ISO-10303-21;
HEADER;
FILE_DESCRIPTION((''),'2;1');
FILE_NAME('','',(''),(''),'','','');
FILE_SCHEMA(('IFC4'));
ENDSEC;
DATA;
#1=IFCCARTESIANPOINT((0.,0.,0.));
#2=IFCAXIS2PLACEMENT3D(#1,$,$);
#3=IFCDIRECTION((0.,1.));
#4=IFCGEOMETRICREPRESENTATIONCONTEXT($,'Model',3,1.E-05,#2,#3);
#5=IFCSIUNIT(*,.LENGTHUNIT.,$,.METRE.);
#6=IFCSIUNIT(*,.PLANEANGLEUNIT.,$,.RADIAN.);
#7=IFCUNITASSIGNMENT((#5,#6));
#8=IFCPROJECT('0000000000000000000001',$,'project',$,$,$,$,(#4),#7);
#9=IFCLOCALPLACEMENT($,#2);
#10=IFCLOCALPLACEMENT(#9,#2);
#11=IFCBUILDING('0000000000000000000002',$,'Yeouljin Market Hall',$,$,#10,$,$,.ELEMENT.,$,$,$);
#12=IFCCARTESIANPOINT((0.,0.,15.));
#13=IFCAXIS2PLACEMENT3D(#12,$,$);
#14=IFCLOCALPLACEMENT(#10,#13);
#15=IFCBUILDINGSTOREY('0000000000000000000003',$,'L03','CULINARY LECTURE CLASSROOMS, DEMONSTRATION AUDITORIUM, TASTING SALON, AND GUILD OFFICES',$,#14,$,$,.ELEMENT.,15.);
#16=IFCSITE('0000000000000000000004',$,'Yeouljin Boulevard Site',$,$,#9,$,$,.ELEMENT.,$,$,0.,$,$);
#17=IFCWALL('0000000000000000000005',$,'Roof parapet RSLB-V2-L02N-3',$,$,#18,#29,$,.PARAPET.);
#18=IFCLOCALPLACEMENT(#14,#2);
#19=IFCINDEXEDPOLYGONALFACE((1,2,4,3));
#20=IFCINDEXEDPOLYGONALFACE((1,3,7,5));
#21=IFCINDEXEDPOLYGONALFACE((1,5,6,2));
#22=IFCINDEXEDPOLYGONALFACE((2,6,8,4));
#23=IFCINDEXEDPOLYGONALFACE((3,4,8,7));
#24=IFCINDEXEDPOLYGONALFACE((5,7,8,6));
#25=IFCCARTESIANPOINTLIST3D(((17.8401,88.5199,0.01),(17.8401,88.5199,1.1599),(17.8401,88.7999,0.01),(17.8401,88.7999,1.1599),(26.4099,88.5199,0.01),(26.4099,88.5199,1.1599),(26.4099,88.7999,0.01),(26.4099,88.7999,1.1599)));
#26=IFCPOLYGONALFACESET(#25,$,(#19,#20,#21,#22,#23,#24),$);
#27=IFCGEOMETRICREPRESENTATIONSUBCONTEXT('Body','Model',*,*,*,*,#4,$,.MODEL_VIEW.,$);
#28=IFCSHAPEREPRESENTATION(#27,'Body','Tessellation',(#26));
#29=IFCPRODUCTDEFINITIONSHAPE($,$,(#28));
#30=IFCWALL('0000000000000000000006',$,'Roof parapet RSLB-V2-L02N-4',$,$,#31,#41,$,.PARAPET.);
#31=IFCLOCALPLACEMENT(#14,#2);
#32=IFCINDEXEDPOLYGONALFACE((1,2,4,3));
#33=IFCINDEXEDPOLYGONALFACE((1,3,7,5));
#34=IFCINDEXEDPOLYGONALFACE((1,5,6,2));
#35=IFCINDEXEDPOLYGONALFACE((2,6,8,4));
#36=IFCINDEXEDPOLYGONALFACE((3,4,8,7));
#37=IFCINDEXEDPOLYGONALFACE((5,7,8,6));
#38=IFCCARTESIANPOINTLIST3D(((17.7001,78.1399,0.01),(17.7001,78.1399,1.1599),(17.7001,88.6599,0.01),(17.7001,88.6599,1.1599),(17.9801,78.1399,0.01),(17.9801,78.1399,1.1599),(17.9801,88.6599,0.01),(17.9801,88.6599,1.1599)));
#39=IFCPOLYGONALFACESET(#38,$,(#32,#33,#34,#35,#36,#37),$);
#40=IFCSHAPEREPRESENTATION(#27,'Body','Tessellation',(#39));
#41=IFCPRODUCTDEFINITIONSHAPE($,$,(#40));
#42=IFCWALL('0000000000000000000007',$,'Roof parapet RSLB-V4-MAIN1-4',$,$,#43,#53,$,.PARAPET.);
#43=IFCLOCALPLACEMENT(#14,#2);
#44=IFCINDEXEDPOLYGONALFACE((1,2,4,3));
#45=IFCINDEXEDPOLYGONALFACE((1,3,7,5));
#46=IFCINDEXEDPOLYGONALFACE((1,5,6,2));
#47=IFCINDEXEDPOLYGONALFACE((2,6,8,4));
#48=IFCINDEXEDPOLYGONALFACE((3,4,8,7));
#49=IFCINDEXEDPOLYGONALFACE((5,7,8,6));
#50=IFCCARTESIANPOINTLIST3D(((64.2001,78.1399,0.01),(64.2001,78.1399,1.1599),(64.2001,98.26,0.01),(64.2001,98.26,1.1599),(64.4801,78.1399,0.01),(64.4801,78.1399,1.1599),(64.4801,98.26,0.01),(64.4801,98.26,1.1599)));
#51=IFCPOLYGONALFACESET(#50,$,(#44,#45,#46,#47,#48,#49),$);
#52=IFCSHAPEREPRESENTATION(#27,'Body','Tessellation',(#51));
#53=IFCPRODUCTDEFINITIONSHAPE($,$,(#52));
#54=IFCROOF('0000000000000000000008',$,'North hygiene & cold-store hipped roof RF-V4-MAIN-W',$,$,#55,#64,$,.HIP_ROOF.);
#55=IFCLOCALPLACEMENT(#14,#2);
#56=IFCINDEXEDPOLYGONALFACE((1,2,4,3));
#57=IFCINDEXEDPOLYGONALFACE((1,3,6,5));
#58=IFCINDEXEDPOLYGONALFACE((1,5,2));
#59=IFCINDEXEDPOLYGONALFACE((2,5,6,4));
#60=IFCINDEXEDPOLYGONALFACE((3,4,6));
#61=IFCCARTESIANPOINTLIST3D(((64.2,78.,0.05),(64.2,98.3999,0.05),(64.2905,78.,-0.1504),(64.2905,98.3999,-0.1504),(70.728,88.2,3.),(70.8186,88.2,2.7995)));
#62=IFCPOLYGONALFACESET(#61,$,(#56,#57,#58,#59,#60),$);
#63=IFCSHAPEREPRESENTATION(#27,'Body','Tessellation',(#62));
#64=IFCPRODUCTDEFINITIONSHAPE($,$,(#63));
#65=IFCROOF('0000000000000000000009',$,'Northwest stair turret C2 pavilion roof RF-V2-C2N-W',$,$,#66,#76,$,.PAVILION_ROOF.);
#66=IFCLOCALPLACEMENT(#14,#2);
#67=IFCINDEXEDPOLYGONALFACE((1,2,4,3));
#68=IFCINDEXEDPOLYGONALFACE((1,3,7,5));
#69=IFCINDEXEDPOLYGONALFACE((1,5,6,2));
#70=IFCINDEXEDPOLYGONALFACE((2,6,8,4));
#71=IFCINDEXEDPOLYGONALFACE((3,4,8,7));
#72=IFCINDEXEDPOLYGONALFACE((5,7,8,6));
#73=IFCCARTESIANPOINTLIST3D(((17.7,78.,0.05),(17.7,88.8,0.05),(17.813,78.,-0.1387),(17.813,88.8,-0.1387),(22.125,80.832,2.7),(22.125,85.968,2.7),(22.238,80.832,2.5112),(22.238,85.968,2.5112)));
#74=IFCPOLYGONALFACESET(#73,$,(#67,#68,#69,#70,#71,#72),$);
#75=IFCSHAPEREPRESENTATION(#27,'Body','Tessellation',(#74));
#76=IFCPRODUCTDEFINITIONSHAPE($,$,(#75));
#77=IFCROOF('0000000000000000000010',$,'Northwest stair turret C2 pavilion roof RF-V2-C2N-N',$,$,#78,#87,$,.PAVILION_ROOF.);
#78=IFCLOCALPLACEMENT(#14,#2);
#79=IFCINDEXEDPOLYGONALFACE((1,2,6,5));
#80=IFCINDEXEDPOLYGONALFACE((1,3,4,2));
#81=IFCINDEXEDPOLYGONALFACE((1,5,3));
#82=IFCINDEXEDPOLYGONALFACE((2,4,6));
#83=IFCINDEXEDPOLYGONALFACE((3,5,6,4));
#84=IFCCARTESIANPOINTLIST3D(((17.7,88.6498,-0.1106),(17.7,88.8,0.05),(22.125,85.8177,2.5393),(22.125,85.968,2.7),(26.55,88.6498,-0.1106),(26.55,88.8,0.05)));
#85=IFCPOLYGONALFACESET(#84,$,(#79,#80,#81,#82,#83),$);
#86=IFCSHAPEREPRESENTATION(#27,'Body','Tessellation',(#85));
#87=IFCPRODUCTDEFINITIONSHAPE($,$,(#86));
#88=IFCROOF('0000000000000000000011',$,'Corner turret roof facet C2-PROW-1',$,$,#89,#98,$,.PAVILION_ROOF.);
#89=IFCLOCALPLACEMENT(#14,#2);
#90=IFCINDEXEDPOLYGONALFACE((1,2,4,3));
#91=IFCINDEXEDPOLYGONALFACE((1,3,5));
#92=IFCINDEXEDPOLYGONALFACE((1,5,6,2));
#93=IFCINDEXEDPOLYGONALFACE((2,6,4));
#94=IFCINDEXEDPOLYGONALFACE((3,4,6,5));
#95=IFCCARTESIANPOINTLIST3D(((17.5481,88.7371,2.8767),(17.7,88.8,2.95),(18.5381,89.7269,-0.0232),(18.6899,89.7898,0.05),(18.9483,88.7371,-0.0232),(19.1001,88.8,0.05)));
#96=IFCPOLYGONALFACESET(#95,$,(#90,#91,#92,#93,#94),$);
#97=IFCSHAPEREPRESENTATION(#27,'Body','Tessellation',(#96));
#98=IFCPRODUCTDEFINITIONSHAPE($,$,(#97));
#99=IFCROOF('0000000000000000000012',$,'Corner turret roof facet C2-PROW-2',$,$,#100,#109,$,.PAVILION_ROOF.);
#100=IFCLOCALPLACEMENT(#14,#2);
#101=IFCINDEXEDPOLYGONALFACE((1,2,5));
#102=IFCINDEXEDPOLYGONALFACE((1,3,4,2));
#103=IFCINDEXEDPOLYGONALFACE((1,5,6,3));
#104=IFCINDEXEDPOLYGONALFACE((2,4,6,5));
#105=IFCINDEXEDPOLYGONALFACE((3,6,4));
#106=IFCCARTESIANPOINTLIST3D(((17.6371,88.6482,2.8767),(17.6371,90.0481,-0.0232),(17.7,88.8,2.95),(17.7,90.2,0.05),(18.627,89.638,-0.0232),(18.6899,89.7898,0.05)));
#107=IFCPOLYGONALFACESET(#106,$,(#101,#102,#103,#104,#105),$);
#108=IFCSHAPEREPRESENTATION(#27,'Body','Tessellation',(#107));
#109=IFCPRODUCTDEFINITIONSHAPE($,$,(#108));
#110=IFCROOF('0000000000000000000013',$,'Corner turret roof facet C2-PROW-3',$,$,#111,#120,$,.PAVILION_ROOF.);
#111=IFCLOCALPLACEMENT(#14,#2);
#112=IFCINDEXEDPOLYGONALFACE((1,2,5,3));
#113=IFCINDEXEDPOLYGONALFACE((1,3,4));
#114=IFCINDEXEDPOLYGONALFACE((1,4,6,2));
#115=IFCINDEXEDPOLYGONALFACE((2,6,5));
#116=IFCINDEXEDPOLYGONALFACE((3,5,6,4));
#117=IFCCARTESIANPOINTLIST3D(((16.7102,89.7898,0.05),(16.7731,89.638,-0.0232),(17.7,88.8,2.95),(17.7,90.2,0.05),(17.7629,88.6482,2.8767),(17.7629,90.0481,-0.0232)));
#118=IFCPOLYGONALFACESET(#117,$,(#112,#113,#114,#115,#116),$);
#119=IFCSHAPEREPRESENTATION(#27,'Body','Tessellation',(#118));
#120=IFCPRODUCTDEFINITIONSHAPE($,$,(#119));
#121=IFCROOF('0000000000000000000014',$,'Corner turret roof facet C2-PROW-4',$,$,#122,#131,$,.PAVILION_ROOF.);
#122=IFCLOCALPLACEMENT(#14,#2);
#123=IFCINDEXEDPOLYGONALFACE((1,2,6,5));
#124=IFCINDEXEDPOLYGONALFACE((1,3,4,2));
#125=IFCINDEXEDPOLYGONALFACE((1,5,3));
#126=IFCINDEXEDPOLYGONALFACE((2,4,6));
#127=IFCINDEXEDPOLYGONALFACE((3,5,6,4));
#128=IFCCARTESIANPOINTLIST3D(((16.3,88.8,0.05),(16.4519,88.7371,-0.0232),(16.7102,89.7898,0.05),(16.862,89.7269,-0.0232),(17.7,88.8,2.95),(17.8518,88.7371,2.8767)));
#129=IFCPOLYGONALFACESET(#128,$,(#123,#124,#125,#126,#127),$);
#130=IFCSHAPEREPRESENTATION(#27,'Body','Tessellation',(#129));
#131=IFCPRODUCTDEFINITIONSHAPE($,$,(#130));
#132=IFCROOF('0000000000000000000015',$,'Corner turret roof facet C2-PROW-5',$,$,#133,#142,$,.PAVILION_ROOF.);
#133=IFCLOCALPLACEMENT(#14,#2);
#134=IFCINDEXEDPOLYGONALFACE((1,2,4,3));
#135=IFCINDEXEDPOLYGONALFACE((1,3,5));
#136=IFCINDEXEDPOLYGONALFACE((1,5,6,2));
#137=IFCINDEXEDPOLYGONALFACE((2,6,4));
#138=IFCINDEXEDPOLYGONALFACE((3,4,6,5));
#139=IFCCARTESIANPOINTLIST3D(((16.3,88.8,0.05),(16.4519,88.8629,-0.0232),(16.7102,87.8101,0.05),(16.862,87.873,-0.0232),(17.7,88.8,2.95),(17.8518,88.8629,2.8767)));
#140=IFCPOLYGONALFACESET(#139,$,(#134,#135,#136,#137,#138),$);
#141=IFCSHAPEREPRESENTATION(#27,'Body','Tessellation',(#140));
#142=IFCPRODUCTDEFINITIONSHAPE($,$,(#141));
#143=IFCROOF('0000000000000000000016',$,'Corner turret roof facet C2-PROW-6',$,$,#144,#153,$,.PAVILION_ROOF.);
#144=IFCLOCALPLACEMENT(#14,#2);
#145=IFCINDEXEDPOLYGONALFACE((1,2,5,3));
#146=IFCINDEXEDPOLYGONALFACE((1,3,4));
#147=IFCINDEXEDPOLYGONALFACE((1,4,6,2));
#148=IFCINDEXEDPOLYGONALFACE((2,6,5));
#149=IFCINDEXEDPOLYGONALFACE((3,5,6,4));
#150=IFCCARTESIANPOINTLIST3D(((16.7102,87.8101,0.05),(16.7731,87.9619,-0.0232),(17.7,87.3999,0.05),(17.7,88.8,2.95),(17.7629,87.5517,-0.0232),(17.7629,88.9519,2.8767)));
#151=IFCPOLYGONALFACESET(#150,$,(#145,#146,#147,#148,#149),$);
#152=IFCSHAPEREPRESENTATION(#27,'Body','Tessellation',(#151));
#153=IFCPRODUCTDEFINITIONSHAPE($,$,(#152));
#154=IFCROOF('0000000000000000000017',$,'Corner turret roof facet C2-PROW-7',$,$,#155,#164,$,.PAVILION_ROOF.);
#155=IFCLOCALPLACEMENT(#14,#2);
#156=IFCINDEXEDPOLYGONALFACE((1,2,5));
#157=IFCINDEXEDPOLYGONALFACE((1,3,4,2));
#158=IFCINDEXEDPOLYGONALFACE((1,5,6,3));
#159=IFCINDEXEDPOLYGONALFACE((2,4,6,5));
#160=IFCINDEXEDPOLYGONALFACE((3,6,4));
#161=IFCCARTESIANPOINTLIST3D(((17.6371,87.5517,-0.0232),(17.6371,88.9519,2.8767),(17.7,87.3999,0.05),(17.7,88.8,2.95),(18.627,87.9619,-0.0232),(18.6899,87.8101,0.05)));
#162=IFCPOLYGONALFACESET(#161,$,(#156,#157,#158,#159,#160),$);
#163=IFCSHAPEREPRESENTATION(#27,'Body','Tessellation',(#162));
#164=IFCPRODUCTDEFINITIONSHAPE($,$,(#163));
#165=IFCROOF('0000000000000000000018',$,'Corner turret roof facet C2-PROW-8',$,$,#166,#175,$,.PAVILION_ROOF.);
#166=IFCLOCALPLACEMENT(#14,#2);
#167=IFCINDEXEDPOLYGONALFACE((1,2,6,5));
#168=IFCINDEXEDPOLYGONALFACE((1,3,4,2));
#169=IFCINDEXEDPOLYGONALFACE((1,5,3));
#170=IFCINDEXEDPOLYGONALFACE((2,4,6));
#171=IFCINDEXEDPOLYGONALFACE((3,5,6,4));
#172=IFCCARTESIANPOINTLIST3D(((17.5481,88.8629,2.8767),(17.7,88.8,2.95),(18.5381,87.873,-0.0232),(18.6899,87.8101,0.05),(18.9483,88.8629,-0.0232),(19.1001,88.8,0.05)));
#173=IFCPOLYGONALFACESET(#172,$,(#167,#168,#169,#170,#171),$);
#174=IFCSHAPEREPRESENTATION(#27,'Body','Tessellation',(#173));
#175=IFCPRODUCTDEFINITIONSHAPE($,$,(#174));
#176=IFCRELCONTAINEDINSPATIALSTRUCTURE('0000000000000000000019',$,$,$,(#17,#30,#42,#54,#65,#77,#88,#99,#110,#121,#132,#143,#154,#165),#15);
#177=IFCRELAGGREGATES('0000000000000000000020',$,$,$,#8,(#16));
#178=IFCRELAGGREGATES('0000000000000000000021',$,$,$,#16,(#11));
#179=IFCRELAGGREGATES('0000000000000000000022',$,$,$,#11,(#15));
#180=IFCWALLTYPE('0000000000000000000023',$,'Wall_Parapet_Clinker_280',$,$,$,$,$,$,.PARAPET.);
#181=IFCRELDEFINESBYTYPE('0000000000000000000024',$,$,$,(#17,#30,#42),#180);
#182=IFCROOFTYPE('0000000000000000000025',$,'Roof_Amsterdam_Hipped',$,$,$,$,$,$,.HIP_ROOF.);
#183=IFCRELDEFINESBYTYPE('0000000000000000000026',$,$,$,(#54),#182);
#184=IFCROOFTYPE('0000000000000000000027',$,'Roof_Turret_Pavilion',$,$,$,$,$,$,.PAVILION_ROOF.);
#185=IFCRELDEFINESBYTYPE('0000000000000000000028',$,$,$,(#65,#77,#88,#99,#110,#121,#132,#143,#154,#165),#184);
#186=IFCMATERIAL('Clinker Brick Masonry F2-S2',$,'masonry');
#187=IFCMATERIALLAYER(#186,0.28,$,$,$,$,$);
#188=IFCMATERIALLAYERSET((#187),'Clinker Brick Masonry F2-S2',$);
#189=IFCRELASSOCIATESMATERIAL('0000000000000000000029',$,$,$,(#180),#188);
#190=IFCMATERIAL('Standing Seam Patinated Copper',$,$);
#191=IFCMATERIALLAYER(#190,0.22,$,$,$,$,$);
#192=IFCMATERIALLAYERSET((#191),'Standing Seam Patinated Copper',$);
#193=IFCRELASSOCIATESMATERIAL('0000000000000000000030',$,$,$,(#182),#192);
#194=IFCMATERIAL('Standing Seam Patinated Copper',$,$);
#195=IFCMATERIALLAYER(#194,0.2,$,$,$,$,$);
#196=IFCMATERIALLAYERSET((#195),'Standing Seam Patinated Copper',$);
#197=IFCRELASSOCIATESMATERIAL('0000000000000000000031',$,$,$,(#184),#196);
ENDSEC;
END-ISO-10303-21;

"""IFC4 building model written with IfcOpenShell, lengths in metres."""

from ifc_helpers import new_model, si_unit, direction, frame, frame_2d, origin, place, context, subcontext, project, spatial, polyline, rectangle, outline, extrude, material, layer, layer_set, type_object, element, save


model = new_model("IFC4")

# Units and contexts
model_context = context("Model", 3, precision=1e-05, world=origin(), true_north=direction((0.0, 1.0)))
body_context = subcontext(model_context, "Body", "Model", "MODEL_VIEW")
ifc_project = project(units=[si_unit("LENGTHUNIT", "METRE"), si_unit("PLANEANGLEUNIT", "RADIAN")], contexts=[model_context])

# Site, building, storey
site_placement = place(None, origin())
site = spatial("IfcSite", under=ifc_project, at=site_placement, Name="Yeouljin Boulevard Site", CompositionType="ELEMENT", RefElevation=0.0)
building_placement = place(site_placement, origin())
building = spatial("IfcBuilding", under=site, at=building_placement, Name="Yeouljin Market Hall", CompositionType="ELEMENT")
storey_placement = place(building_placement, frame((0.0, 0.0, 15.0)))
storey = spatial("IfcBuildingStorey", under=building, at=storey_placement, Name="L03", Description="CULINARY LECTURE CLASSROOMS, DEMONSTRATION AUDITORIUM, TASTING SALON, AND GUILD OFFICES", CompositionType="ELEMENT", Elevation=15.0)

# Walls
ifc_material_1 = material(Name="Clinker Brick Masonry F2-S2", Category="masonry")
ifc_layer_1 = layer(ifc_material_1, 0.28)
ifc_layer_set_1 = layer_set([ifc_layer_1], Name="Clinker Brick Masonry F2-S2")
wall_type = type_object("IfcWallType", Name="Wall_Parapet_Clinker_280", PredefinedType="PARAPET", material=ifc_layer_set_1)
wall_1_placement = place(storey_placement, frame((26.4099, 88.6599, 0.01), z_axis=(0.0, 0.0, 1.0), x_axis=(-1.0, 0.0, 0.0)))
element("IfcWall", 1, at=wall_1_placement, inside=storey, type_object=wall_type, Name="Roof parapet RSLB-V2-L02N-3", PredefinedType="PARAPET", context=body_context, shape_type="SweptSolid", body=[
    extrude(rectangle(XDim=8.5698, YDim=0.28, at=frame_2d((4.2849, 0.0))), origin(), (0.0, 0.0, 1.0), 1.1499),
])
wall_2_placement = place(storey_placement, frame((17.8401, 88.6599, 0.01), z_axis=(0.0, 0.0, 1.0), x_axis=(0.0, -1.0, 0.0)))
element("IfcWall", 2, at=wall_2_placement, inside=storey, type_object=wall_type, Name="Roof parapet RSLB-V2-L02N-4", PredefinedType="PARAPET", context=body_context, shape_type="SweptSolid", body=[
    extrude(rectangle(XDim=10.52, YDim=0.28, at=frame_2d((5.26, 0.0))), origin(), (0.0, 0.0, 1.0), 1.1499),
])
wall_3_placement = place(storey_placement, frame((64.3401, 98.26, 0.01), z_axis=(0.0, 0.0, 1.0), x_axis=(0.0, -1.0, 0.0)))
element("IfcWall", 3, at=wall_3_placement, inside=storey, type_object=wall_type, Name="Roof parapet RSLB-V4-MAIN1-4", PredefinedType="PARAPET", context=body_context, shape_type="SweptSolid", body=[
    extrude(rectangle(XDim=20.1201, YDim=0.28, at=frame_2d((10.0601, 0.0))), origin(), (0.0, 0.0, 1.0), 1.1499),
])

# Roofs
ifc_material_2 = material(Name="Standing Seam Patinated Copper")
ifc_layer_2 = layer(ifc_material_2, 0.22)
ifc_layer_set_2 = layer_set([ifc_layer_2], Name="Standing Seam Patinated Copper")
roof_type_1 = type_object("IfcRoofType", Name="Roof_Amsterdam_Hipped", PredefinedType="HIP_ROOF", material=ifc_layer_set_2)
roof_1_placement = place(storey_placement, frame((64.2, 98.3999, 0.05), z_axis=(-0.411794, 0.0, 0.911277), x_axis=(0.0, -1.0, 0.0)))
element("IfcRoof", 4, at=roof_1_placement, inside=storey, type_object=roof_type_1, Name="North hygiene & cold-store hipped roof RF-V4-MAIN-W", PredefinedType="HIP_ROOF", context=body_context, shape_type="SweptSolid", body=[
    extrude(outline(polyline([(0.0, 0.0), (20.3999, 0.0), (10.2, 7.1637), (0.0, 0.0)])), origin(), (0.0, 0.0, -1.0), 0.22),
])
ifc_material_3 = material(Name="Standing Seam Patinated Copper")
ifc_layer_3 = layer(ifc_material_3, 0.2)
ifc_layer_set_3 = layer_set([ifc_layer_3], Name="Standing Seam Patinated Copper")
roof_type_2 = type_object("IfcRoofType", Name="Roof_Turret_Pavilion", PredefinedType="PAVILION_ROOF", material=ifc_layer_set_3)
roof_2_placement = place(storey_placement, frame((17.7, 88.8, 0.05), z_axis=(-0.513765, 0.0, 0.857931), x_axis=(0.0, -1.0, 0.0)))
element("IfcRoof", 5, at=roof_2_placement, inside=storey, type_object=roof_type_2, Name="Northwest stair turret C2 pavilion roof RF-V2-C2N-W", PredefinedType="PAVILION_ROOF", context=body_context, shape_type="SweptSolid", body=[
    extrude(outline(polyline([(0.0, 0.0), (10.8, 0.0), (7.968, 5.1578), (2.832, 5.1578), (0.0, 0.0)])), origin(), (0.0, 0.0, -1.0), 0.22),
])
roof_3_placement = place(storey_placement, frame((26.55, 88.8, 0.05), z_axis=(0.0, 0.683237, 0.730196), x_axis=(-1.0, 0.0, 0.0)))
element("IfcRoof", 6, at=roof_3_placement, inside=storey, type_object=roof_type_2, Name="Northwest stair turret C2 pavilion roof RF-V2-C2N-N", PredefinedType="PAVILION_ROOF", context=body_context, shape_type="SweptSolid", body=[
    extrude(outline(polyline([(0.0, 0.0), (8.8501, 0.0), (4.425, 3.8785), (0.0, 0.0)])), origin(), (0.0, 0.0, -1.0), 0.22),
])
roof_4_placement = place(storey_placement, frame((17.7, 88.8, 2.95), z_axis=(0.843693, 0.349631, 0.407357), x_axis=(0.434798, 0.0, -0.900528)))
element("IfcRoof", 7, at=roof_4_placement, inside=storey, type_object=roof_type_2, Name="Corner turret roof facet C2-PROW-1", PredefinedType="PAVILION_ROOF", context=body_context, shape_type="SweptSolid", body=[
    extrude(outline(polyline([(0.0, 0.0), (3.2202, 0.0), (3.0419, 1.0564), (0.0, 0.0)])), origin(), (0.0, 0.0, -1.0), 0.1799),
])
roof_5_placement = place(storey_placement, frame((17.7, 88.8, 2.95), z_axis=(0.349566, 0.843743, 0.40731), x_axis=(0.30744, 0.307364, -0.90056)))
element("IfcRoof", 8, at=roof_5_placement, inside=storey, type_object=roof_type_2, Name="Corner turret roof facet C2-PROW-2", PredefinedType="PAVILION_ROOF", context=body_context, shape_type="SweptSolid", body=[
    extrude(outline(polyline([(0.0, 0.0), (3.2201, 0.0), (3.0418, 1.0567), (0.0, 0.0)])), origin(), (0.0, 0.0, -1.0), 0.1799),
])
roof_6_placement = place(storey_placement, frame((17.7, 88.8, 2.95), z_axis=(-0.349641, 0.843718, 0.407297), x_axis=(0.0, 0.434736, -0.900558)))
element("IfcRoof", 9, at=roof_6_placement, inside=storey, type_object=roof_type_2, Name="Corner turret roof facet C2-PROW-3", PredefinedType="PAVILION_ROOF", context=body_context, shape_type="SweptSolid", body=[
    extrude(outline(polyline([(0.0, 0.0), (3.2201, 0.0), (3.0418, 1.0564), (0.0, 0.0)])), origin(), (0.0, 0.0, -1.0), 0.1799),
])
roof_7_placement = place(storey_placement, frame((17.7, 88.8, 2.95), z_axis=(-0.843718, 0.349641, 0.407297), x_axis=(-0.307371, 0.307371, -0.900581)))
element("IfcRoof", 10, at=roof_7_placement, inside=storey, type_object=roof_type_2, Name="Corner turret roof facet C2-PROW-4", PredefinedType="PAVILION_ROOF", context=body_context, shape_type="SweptSolid", body=[
    extrude(outline(polyline([(0.0, 0.0), (3.22, 0.0), (3.0419, 1.0565), (0.0, 0.0)])), origin(), (0.0, 0.0, -1.0), 0.1799),
])
roof_8_placement = place(storey_placement, frame((17.7, 88.8, 2.95), z_axis=(-0.843743, -0.349566, 0.40731), x_axis=(-0.434736, 0.0, -0.900558)))
element("IfcRoof", 11, at=roof_8_placement, inside=storey, type_object=roof_type_2, Name="Corner turret roof facet C2-PROW-5", PredefinedType="PAVILION_ROOF", context=body_context, shape_type="SweptSolid", body=[
    extrude(outline(polyline([(0.0, 0.0), (3.2201, 0.0), (3.0418, 1.0567), (0.0, 0.0)])), origin(), (0.0, 0.0, -1.0), 0.1799),
])
roof_9_placement = place(storey_placement, frame((17.7, 88.8, 2.95), z_axis=(-0.349631, -0.843693, 0.407357), x_axis=(-0.307364, -0.30744, -0.90056)))
element("IfcRoof", 12, at=roof_9_placement, inside=storey, type_object=roof_type_2, Name="Corner turret roof facet C2-PROW-6", PredefinedType="PAVILION_ROOF", context=body_context, shape_type="SweptSolid", body=[
    extrude(outline(polyline([(0.0, 0.0), (3.2201, 0.0), (3.042, 1.0565), (0.0, 0.0)])), origin(), (0.0, 0.0, -1.0), 0.1799),
])
roof_10_placement = place(storey_placement, frame((17.7, 88.8, 2.95), z_axis=(0.349556, -0.843719, 0.407369), x_axis=(0.0, -0.434798, -0.900528)))
element("IfcRoof", 13, at=roof_10_placement, inside=storey, type_object=roof_type_2, Name="Corner turret roof facet C2-PROW-7", PredefinedType="PAVILION_ROOF", context=body_context, shape_type="SweptSolid", body=[
    extrude(outline(polyline([(0.0, 0.0), (3.2202, 0.0), (3.0419, 1.0566), (0.0, 0.0)])), origin(), (0.0, 0.0, -1.0), 0.1799),
])
roof_11_placement = place(storey_placement, frame((17.7, 88.8, 2.95), z_axis=(0.843719, -0.349556, 0.407369), x_axis=(0.307433, -0.307433, -0.900539)))
element("IfcRoof", 14, at=roof_11_placement, inside=storey, type_object=roof_type_2, Name="Corner turret roof facet C2-PROW-8", PredefinedType="PAVILION_ROOF", context=body_context, shape_type="SweptSolid", body=[
    extrude(outline(polyline([(0.0, 0.0), (3.2202, 0.0), (3.0419, 1.0567), (0.0, 0.0)])), origin(), (0.0, 0.0, -1.0), 0.1799),
])

save(model, "model.ifc")
